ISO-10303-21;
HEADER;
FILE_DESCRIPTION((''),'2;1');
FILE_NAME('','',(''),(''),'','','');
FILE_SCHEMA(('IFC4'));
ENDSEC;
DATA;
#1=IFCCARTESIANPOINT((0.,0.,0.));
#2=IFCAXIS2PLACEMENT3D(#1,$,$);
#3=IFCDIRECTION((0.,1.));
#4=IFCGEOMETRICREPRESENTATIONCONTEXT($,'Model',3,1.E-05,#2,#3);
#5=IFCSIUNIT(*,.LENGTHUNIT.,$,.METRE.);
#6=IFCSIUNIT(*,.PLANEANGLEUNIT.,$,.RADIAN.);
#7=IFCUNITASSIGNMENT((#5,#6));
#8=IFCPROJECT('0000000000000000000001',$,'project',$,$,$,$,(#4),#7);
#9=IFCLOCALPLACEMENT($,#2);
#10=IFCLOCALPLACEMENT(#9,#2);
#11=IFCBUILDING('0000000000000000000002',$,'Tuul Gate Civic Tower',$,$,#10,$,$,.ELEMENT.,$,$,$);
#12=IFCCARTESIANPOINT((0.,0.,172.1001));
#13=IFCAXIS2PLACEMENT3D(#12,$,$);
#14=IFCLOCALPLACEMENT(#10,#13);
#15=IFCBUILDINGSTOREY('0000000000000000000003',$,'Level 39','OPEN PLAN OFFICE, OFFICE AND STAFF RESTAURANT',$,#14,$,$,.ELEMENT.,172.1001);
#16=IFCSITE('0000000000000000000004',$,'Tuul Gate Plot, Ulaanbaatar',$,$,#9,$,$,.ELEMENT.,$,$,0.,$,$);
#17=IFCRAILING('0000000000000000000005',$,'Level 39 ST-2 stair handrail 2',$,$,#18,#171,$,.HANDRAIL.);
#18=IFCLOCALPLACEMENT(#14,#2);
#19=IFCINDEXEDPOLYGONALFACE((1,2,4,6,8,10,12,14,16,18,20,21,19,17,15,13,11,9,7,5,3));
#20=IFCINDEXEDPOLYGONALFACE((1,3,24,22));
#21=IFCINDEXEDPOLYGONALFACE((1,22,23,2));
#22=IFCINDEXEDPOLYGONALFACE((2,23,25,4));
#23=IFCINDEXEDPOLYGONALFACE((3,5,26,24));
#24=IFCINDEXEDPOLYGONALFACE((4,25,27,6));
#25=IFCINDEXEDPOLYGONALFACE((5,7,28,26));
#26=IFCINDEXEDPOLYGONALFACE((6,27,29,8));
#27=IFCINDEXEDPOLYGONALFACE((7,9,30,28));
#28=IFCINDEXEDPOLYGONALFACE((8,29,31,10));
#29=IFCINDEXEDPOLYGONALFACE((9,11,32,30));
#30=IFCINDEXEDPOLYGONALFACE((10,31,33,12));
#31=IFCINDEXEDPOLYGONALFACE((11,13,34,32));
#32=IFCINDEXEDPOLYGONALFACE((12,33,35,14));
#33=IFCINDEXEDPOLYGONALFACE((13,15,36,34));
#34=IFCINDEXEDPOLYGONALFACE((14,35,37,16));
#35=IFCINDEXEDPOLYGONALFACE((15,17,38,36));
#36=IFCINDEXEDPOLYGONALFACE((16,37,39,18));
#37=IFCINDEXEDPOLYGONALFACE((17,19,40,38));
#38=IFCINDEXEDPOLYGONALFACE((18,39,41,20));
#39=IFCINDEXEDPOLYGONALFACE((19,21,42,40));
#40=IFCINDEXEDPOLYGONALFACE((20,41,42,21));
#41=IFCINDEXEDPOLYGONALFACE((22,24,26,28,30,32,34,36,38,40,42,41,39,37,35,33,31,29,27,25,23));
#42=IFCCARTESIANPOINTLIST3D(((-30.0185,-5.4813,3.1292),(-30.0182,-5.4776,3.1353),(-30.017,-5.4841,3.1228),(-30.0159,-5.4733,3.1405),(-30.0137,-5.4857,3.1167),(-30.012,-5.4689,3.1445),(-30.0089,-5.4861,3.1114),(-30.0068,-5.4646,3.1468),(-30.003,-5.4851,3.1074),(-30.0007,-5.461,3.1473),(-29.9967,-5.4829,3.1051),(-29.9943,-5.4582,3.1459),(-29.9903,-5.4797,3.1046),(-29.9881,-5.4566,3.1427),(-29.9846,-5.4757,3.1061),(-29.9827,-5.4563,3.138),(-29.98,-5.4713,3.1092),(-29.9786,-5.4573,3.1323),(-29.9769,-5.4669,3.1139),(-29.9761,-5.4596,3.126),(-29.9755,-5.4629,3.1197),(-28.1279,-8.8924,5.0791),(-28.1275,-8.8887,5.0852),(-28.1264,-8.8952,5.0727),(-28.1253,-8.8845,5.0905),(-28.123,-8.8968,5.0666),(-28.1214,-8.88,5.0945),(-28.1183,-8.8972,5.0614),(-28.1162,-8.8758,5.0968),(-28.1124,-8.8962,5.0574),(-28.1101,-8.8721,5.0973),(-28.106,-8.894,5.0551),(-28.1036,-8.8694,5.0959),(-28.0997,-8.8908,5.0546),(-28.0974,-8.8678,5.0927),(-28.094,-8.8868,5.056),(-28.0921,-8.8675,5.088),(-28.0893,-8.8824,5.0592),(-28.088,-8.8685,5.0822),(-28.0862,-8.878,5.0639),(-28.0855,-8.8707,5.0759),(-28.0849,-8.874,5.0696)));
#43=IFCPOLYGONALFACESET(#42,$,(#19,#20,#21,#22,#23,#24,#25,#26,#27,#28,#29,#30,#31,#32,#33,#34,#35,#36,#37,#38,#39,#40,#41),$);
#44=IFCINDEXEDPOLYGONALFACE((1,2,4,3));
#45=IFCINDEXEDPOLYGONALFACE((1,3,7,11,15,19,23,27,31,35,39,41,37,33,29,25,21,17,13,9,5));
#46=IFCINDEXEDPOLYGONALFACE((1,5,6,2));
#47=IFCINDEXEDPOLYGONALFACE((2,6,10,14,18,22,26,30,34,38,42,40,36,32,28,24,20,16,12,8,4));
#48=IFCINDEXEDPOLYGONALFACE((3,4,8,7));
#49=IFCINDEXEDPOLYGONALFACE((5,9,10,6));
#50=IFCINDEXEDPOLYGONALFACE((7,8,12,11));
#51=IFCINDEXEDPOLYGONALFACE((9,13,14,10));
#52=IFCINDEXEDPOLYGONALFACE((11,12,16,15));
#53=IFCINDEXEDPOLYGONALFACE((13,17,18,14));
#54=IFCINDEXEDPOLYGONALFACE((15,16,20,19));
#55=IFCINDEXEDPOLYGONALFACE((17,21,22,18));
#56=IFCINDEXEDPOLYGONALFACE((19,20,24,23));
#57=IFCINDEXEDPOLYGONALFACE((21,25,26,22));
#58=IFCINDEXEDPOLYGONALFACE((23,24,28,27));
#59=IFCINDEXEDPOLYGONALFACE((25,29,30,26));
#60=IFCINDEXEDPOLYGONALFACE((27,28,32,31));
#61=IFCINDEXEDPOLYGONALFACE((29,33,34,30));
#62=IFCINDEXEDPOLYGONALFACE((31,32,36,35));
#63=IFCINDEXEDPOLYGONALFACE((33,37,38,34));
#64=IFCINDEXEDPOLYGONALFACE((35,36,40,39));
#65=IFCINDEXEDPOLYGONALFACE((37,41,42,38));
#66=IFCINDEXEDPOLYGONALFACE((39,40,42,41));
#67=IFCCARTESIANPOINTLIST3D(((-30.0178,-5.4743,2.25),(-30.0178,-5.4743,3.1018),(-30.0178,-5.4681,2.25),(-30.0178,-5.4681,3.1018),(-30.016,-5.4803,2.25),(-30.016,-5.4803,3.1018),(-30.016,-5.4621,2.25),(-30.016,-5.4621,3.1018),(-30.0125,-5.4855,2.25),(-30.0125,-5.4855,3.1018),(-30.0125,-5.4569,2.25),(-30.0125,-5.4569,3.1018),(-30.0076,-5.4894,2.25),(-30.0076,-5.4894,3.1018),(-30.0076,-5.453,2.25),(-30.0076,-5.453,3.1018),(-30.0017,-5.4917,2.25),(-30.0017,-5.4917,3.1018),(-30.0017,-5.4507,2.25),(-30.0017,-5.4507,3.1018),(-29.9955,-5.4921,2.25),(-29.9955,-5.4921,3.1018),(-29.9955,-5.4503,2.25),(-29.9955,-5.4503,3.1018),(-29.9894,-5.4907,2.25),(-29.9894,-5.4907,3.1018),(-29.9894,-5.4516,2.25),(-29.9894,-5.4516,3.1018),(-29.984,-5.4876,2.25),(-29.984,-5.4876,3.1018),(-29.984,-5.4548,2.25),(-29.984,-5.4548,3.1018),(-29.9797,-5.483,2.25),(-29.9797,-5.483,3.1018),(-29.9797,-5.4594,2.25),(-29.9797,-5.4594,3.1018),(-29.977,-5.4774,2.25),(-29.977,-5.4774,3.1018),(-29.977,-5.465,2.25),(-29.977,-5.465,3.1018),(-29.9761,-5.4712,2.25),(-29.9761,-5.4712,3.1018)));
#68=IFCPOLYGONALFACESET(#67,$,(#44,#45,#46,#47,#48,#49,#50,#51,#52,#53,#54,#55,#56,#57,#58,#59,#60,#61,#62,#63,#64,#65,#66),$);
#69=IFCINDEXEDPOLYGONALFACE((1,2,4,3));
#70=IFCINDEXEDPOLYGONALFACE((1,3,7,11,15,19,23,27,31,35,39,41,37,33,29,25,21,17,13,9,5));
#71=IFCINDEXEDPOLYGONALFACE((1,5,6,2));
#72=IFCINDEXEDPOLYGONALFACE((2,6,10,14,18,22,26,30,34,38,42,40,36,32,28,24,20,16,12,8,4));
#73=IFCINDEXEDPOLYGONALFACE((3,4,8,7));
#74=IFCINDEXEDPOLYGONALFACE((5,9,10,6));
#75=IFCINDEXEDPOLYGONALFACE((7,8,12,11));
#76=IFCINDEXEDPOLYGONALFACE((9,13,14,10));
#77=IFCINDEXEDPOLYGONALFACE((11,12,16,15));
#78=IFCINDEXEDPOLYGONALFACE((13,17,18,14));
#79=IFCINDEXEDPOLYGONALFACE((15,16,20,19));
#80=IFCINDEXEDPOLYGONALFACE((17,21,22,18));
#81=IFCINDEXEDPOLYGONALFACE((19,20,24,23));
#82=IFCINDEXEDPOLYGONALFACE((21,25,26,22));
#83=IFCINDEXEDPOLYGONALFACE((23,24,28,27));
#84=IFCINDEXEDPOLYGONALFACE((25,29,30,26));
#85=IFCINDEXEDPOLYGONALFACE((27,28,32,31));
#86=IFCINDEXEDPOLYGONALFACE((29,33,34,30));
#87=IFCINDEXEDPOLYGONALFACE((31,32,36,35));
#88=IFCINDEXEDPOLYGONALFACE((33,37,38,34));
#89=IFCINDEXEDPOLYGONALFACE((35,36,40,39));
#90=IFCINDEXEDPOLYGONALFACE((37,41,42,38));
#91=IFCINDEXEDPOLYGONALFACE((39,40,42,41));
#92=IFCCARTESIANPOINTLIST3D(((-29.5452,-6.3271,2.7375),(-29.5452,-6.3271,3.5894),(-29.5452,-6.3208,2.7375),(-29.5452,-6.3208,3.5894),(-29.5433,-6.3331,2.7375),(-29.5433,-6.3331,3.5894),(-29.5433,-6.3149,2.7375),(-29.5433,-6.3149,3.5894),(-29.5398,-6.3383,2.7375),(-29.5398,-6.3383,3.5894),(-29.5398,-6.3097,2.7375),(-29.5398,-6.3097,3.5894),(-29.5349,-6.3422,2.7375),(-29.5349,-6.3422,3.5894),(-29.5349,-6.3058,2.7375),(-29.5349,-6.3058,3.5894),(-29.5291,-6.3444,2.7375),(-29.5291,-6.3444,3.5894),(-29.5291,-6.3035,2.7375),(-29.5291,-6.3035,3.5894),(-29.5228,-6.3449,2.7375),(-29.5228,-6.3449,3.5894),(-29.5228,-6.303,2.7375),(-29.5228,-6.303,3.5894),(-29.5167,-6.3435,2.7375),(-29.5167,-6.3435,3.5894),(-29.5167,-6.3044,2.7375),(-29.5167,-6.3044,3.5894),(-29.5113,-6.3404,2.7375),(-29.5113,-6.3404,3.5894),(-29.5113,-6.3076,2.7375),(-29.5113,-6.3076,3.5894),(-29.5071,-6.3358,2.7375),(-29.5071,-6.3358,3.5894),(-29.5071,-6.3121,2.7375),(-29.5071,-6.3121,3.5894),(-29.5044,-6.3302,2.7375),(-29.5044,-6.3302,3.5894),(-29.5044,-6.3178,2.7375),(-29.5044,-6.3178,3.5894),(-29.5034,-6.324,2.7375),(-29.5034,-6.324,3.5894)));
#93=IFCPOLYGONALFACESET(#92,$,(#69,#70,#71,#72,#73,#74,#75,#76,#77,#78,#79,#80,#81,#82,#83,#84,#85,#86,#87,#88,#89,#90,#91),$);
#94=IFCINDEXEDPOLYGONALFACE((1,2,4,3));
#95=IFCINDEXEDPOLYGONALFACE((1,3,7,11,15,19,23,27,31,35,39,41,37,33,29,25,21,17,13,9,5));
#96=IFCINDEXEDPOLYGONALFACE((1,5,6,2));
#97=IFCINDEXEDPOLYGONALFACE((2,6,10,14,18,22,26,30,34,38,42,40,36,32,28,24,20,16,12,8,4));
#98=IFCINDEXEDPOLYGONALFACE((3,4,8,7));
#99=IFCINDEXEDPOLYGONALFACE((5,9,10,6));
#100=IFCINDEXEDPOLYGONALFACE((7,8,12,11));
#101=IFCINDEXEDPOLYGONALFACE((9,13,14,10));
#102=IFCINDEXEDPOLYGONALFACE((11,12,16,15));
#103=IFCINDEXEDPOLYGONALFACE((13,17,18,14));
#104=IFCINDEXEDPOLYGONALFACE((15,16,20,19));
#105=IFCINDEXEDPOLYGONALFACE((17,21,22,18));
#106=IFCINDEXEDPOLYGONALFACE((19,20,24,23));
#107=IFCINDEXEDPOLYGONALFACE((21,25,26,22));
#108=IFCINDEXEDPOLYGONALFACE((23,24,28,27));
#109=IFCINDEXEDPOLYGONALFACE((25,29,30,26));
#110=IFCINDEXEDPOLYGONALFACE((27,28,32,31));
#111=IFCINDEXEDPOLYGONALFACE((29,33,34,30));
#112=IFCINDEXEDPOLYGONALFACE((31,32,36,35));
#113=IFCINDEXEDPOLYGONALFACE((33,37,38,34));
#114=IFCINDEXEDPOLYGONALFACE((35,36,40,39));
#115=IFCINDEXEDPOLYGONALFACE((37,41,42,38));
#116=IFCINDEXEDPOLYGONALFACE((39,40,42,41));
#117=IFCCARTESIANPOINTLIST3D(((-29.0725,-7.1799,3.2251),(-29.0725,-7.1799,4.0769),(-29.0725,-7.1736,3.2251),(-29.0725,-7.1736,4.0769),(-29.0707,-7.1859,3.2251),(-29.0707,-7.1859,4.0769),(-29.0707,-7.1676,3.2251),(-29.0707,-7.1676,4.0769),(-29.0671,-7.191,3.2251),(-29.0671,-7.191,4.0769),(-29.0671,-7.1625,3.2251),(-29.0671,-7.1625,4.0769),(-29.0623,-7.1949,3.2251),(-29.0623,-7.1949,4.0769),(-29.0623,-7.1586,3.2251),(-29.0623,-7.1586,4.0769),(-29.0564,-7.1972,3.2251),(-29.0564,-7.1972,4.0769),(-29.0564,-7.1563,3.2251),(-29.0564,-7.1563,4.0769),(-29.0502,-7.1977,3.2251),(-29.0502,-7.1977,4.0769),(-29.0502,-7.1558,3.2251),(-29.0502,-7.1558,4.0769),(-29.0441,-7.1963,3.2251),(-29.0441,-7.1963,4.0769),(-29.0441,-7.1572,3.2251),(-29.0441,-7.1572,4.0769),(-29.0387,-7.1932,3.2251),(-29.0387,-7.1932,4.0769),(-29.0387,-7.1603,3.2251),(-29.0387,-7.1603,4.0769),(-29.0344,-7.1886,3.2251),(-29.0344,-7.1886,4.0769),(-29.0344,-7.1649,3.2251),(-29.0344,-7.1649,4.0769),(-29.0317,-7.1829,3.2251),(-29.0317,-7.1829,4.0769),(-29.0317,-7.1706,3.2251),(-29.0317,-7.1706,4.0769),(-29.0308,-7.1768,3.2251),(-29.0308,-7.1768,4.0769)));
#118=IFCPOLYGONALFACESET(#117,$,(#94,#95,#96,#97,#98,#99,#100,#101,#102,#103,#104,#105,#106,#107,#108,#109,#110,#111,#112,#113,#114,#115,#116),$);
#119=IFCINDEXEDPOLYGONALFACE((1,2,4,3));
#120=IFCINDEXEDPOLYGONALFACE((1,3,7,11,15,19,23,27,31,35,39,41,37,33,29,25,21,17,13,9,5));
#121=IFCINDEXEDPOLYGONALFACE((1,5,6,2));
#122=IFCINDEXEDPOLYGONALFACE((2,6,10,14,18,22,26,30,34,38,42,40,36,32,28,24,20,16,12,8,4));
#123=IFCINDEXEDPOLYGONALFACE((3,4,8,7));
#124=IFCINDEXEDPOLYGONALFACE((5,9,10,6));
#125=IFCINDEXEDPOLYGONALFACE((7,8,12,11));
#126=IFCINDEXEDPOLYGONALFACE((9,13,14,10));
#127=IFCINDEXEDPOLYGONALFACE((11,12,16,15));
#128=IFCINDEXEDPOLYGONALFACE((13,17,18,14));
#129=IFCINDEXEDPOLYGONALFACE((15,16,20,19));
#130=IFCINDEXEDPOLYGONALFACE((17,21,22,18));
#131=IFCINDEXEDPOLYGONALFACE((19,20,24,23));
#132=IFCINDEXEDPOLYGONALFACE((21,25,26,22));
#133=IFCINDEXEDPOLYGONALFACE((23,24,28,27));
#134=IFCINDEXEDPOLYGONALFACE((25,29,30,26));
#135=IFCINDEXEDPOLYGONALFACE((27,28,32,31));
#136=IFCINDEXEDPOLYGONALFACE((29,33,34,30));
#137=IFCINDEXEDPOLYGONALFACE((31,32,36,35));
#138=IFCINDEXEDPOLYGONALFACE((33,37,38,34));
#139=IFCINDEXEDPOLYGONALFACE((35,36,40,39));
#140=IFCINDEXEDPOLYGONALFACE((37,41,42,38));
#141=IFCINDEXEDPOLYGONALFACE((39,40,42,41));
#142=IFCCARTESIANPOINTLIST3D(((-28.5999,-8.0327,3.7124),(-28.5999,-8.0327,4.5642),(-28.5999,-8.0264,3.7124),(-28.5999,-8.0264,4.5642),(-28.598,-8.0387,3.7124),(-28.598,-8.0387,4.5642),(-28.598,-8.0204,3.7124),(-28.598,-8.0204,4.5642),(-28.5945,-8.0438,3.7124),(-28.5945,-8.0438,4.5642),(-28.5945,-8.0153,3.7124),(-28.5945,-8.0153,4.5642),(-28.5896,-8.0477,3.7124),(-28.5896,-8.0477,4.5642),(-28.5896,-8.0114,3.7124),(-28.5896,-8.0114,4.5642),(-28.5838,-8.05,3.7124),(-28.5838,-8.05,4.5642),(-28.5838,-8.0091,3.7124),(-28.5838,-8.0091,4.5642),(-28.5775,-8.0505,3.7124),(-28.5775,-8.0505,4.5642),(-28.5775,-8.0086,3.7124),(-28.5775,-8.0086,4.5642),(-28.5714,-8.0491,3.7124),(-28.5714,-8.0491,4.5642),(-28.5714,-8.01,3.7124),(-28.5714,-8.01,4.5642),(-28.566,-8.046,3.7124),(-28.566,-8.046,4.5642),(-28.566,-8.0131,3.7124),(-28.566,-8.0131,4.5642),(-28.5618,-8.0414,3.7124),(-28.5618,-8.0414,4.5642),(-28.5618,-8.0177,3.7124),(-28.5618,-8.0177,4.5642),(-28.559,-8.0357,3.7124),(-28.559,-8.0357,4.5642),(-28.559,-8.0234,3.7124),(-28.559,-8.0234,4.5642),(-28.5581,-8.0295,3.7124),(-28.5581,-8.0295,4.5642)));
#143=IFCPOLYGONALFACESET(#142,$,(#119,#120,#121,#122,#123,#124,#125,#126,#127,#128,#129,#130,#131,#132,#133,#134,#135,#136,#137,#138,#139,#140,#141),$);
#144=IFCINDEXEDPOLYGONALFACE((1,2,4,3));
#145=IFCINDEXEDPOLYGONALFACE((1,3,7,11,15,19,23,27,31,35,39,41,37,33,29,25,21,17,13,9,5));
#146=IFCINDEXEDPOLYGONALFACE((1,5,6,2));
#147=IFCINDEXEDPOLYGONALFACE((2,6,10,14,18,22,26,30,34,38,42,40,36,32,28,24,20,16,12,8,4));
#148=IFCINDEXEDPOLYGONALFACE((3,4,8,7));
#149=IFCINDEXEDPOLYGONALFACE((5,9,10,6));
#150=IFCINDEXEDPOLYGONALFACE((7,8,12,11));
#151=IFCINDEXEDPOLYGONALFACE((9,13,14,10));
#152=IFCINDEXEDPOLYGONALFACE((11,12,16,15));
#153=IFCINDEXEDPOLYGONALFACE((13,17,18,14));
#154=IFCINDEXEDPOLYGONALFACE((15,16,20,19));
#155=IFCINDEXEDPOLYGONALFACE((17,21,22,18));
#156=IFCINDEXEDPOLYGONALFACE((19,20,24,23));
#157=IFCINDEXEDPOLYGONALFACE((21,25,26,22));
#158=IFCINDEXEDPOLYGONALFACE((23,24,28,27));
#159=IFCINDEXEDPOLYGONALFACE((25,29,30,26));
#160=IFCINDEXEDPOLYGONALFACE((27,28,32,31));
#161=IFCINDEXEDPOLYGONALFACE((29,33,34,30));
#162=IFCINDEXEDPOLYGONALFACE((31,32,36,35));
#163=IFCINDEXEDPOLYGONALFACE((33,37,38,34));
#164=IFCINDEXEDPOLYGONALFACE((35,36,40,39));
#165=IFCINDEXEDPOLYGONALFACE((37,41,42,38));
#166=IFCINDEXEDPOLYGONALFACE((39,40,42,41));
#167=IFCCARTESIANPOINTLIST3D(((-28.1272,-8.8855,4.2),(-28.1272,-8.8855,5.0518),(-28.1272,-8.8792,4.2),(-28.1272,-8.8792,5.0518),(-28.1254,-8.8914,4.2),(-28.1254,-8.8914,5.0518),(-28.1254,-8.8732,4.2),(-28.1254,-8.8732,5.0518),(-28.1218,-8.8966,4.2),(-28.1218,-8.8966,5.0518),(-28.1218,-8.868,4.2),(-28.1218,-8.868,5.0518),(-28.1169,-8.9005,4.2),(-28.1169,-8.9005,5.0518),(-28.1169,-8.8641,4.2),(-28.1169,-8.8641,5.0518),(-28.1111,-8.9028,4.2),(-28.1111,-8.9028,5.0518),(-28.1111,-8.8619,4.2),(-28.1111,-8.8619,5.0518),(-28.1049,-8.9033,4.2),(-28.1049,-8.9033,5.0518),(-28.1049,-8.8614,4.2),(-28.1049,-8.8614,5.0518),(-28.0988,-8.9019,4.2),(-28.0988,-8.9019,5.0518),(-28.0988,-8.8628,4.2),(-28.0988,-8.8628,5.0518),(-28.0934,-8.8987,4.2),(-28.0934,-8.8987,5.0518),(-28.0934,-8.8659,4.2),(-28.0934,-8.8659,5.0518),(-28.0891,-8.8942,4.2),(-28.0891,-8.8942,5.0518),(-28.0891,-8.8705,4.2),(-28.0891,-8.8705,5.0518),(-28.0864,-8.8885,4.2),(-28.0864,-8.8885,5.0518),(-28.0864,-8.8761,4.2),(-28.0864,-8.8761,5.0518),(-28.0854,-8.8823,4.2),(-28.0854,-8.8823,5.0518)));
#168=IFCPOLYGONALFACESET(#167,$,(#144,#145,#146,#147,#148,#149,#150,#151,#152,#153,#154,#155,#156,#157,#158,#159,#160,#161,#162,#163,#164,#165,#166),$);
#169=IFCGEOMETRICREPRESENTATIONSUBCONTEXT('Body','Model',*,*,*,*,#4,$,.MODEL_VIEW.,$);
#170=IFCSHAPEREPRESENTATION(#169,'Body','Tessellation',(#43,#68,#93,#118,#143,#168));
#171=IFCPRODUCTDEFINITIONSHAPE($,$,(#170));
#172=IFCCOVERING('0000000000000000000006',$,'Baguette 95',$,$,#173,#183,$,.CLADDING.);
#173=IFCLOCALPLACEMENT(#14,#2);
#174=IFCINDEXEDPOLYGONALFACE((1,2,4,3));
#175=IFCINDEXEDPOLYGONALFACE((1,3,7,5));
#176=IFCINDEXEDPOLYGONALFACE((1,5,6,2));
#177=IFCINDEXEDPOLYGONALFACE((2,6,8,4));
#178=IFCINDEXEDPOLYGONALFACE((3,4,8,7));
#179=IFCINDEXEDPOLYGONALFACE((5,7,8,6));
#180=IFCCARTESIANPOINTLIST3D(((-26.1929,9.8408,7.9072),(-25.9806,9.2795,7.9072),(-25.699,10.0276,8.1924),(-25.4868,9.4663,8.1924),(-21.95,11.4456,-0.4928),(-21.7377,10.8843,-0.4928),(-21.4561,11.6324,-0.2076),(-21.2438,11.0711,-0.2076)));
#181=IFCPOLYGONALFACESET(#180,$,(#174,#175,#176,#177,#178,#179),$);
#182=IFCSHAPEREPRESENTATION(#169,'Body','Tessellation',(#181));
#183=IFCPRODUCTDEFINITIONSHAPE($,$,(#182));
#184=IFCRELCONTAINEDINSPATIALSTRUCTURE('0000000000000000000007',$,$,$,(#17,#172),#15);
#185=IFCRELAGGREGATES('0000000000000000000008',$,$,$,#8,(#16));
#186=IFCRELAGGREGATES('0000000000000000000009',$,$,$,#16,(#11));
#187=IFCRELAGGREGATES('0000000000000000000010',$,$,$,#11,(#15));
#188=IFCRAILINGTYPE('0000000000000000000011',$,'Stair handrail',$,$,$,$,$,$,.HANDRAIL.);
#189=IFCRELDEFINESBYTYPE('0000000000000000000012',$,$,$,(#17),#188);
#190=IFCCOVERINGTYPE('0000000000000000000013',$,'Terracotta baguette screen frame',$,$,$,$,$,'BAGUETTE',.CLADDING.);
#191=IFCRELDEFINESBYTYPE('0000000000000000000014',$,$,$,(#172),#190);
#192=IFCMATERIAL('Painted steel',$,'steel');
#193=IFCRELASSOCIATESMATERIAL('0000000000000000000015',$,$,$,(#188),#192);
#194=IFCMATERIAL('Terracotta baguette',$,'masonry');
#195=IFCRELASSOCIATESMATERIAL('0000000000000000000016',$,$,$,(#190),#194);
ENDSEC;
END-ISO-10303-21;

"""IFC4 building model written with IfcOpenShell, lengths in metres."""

from ifc_helpers import new_model, si_unit, direction, frame, origin, origin_2d, place, context, subcontext, project, spatial, rectangle, circle, extrude, material, material_profile, profile_set, type_object, element, save


model = new_model("IFC4")

# Units and contexts
model_context = context("Model", 3, precision=1e-05, world=origin(), true_north=direction((0.0, 1.0)))
body_context = subcontext(model_context, "Body", "Model", "MODEL_VIEW")
ifc_project = project(units=[si_unit("LENGTHUNIT", "METRE"), si_unit("PLANEANGLEUNIT", "RADIAN")], contexts=[model_context])

# Site, building, storey
site_placement = place(None, origin())
site = spatial("IfcSite", under=ifc_project, at=site_placement, Name="Tuul Gate Plot, Ulaanbaatar", CompositionType="ELEMENT", RefElevation=0.0)
building_placement = place(site_placement, origin())
building = spatial("IfcBuilding", under=site, at=building_placement, Name="Tuul Gate Civic Tower", CompositionType="ELEMENT")
storey_placement = place(building_placement, frame((0.0, 0.0, 172.1001)))
storey = spatial("IfcBuildingStorey", under=building, at=storey_placement, Name="Level 39", Description="OPEN PLAN OFFICE, OFFICE AND STAFF RESTAURANT", CompositionType="ELEMENT", Elevation=172.1001)

# Railing
ifc_material_1 = material(Name="Painted steel", Category="steel")
railing_type = type_object("IfcRailingType", Name="Stair handrail", PredefinedType="HANDRAIL", material=ifc_material_1)
railing_placement = place(storey_placement, frame((-29.9971, -5.4712, 2.25)))
element("IfcRailing", 1, at=railing_placement, inside=storey, type_object=railing_type, Name="Level 39 ST-2 stair handrail 2", PredefinedType="HANDRAIL", context=body_context, shape_type="SweptSolid", body=[
    extrude(circle(Radius=0.0239, at=origin_2d()), frame((0.0, 0.0, 0.876), z_axis=(0.433595, -0.782308, 0.447201), x_axis=(0.874641, 0.484771, 0.0)), (0.0, 0.0, 1.0), 4.3604),
    extrude(circle(Radius=0.021, at=origin_2d()), origin(), (0.0, 0.0, 1.0), 0.8518),
    extrude(circle(Radius=0.021, at=origin_2d()), frame((0.4727, -0.8528, 0.4875)), (0.0, 0.0, 1.0), 0.8518),
    extrude(circle(Radius=0.021, at=origin_2d()), frame((0.9453, -1.7056, 0.9751)), (0.0, 0.0, 1.0), 0.8518),
    extrude(circle(Radius=0.021, at=origin_2d()), frame((1.418, -2.5583, 1.4624)), (0.0, 0.0, 1.0), 0.8518),
    extrude(circle(Radius=0.021, at=origin_2d()), frame((1.8906, -3.4111, 1.95)), (0.0, 0.0, 1.0), 0.8518),
])

# Covering
ifc_material_2 = material(Name="Terracotta baguette", Category="masonry")
ifc_material_profile_1 = material_profile(ifc_material_2, rectangle(XDim=0.6001, YDim=0.6001, at=origin_2d()), Name="Terracotta baguette screen frame")
ifc_profile_set_1 = profile_set([ifc_material_profile_1], Name="Terracotta baguette")
covering_type = type_object("IfcCoveringType", Name="Terracotta baguette screen frame", ElementType="BAGUETTE", PredefinedType="CLADDING", material=ifc_profile_set_1)
covering_placement = place(storey_placement, frame((-25.8398, 9.6536, 8.0498), z_axis=(0.444447, 0.168097, -0.879892), x_axis=(-0.353758, 0.935337, 0.0)))
element("IfcCovering", 2, at=covering_placement, inside=storey, type_object=covering_type, Name="Baguette 95", PredefinedType="CLADDING", context=body_context, shape_type="SweptSolid", body=[
    extrude(rectangle(XDim=0.6001, YDim=0.6001, at=origin_2d()), origin(), (0.0, 0.0, 1.0), 9.5466),
])

save(model, "model.ifc")
